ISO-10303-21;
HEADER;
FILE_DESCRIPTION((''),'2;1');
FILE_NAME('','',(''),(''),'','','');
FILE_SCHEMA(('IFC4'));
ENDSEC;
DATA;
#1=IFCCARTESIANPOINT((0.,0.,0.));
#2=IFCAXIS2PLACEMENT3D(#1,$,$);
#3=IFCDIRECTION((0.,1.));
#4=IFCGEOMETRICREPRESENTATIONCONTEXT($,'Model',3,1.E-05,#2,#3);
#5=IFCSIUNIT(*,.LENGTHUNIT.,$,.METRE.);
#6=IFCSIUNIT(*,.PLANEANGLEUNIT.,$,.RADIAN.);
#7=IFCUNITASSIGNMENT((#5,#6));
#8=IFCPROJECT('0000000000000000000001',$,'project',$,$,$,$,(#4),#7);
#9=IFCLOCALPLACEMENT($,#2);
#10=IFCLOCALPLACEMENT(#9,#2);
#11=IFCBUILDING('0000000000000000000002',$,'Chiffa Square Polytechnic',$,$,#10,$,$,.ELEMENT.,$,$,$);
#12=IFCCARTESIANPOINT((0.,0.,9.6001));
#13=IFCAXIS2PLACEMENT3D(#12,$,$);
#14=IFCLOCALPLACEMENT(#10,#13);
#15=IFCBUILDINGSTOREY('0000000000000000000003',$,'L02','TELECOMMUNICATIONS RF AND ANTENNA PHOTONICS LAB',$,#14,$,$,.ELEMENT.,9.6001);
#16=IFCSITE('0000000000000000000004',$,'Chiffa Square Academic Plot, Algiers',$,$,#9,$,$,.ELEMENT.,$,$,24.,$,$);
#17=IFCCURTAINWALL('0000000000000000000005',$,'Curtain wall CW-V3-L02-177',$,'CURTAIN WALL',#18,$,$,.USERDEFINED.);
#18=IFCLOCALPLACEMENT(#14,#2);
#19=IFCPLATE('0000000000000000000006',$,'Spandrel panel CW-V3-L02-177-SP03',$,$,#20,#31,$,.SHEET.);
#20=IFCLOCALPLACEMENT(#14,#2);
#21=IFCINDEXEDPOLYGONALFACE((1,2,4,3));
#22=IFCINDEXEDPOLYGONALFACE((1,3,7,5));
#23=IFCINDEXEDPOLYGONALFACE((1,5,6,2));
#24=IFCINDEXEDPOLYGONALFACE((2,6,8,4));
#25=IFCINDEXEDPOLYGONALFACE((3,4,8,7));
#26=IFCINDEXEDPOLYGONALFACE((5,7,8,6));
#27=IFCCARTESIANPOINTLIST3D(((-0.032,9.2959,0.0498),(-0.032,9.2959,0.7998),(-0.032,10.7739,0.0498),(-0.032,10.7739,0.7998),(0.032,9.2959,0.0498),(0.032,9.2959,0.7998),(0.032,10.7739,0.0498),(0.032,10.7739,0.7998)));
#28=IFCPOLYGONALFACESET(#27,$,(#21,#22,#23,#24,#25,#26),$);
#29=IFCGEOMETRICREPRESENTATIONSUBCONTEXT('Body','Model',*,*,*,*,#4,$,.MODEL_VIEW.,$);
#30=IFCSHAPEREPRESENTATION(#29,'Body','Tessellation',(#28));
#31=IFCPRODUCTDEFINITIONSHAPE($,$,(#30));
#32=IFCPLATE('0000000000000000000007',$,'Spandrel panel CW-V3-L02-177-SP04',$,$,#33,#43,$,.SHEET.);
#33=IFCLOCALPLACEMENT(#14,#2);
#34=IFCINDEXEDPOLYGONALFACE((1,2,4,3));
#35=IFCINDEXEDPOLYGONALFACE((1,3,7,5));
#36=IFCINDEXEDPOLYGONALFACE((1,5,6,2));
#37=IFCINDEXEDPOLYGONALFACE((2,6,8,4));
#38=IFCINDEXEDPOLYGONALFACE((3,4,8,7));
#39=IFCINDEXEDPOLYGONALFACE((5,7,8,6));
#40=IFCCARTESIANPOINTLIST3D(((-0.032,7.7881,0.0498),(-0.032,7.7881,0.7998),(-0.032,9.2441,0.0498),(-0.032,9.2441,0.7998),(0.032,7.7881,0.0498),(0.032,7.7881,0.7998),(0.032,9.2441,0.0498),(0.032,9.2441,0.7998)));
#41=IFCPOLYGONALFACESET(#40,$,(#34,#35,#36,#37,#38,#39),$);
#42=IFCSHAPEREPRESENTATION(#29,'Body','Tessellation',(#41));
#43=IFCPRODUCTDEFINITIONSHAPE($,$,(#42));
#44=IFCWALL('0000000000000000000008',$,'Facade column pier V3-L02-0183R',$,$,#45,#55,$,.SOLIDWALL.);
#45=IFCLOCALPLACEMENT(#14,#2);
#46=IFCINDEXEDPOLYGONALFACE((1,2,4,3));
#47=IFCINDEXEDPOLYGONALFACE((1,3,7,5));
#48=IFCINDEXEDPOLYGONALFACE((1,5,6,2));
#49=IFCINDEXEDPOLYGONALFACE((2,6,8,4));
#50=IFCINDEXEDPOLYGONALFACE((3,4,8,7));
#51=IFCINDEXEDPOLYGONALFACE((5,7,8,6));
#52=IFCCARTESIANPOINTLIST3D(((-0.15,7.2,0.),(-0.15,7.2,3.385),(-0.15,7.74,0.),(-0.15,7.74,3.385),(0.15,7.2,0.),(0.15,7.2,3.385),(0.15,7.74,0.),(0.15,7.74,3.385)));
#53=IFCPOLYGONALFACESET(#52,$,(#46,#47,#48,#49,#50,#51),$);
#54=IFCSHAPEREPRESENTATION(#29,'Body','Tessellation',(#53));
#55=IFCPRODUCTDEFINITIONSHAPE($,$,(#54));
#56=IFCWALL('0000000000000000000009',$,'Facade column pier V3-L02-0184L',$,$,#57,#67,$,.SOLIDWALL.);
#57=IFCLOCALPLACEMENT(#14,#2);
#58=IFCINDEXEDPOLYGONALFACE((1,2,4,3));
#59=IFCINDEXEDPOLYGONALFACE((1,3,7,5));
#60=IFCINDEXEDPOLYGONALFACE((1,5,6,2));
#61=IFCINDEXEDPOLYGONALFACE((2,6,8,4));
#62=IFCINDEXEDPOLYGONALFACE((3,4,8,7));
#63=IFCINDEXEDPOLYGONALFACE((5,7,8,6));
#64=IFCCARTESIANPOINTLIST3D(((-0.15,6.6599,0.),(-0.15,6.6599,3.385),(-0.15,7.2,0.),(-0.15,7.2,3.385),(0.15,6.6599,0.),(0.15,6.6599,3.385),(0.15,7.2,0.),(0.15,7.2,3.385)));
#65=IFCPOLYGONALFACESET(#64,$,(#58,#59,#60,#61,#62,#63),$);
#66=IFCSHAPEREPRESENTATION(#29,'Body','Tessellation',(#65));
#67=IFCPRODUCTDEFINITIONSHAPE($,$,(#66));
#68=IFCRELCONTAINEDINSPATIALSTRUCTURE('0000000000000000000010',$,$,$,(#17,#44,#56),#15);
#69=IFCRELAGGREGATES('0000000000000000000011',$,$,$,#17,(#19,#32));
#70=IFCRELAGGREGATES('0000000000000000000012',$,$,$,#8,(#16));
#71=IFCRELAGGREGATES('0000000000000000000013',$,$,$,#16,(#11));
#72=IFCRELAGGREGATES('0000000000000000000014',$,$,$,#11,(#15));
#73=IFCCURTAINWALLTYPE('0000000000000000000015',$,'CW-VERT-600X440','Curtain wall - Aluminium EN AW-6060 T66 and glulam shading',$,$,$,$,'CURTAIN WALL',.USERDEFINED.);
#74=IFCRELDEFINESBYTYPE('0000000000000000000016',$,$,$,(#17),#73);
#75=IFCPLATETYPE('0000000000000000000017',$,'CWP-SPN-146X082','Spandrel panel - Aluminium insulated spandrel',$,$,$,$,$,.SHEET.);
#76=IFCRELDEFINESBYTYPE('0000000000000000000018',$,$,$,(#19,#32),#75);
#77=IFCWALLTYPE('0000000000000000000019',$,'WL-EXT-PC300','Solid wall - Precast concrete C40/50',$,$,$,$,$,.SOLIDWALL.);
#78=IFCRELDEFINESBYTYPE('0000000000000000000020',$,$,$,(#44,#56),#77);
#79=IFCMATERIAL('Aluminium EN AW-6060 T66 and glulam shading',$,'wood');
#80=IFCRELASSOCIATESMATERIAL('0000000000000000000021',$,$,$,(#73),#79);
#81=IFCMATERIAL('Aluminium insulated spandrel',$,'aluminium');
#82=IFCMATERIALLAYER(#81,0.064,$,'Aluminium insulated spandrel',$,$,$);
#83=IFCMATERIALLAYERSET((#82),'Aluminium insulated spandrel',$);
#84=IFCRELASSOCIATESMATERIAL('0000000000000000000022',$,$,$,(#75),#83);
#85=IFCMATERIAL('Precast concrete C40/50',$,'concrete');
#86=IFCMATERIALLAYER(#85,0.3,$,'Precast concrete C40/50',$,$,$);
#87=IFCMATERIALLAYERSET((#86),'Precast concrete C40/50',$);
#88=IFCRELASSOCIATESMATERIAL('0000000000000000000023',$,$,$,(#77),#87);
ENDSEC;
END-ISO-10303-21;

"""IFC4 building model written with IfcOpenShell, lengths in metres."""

from ifc_helpers import new_model, si_unit, direction, frame, frame_2d, origin, origin_2d, place, context, subcontext, project, spatial, rectangle, extrude, material, layer, layer_set, type_object, element, aggregate, save


model = new_model("IFC4")

# Units and contexts
model_context = context("Model", 3, precision=1e-05, world=origin(), true_north=direction((0.0, 1.0)))
body_context = subcontext(model_context, "Body", "Model", "MODEL_VIEW")
ifc_project = project(units=[si_unit("LENGTHUNIT", "METRE"), si_unit("PLANEANGLEUNIT", "RADIAN")], contexts=[model_context])

# Site, building, storey
site_placement = place(None, origin())
site = spatial("IfcSite", under=ifc_project, at=site_placement, Name="Chiffa Square Academic Plot, Algiers", CompositionType="ELEMENT", RefElevation=24.0)
building_placement = place(site_placement, origin())
building = spatial("IfcBuilding", under=site, at=building_placement, Name="Chiffa Square Polytechnic", CompositionType="ELEMENT")
storey_placement = place(building_placement, frame((0.0, 0.0, 9.6001)))
storey = spatial("IfcBuildingStorey", under=building, at=storey_placement, Name="L02", Description="TELECOMMUNICATIONS RF AND ANTENNA PHOTONICS LAB", CompositionType="ELEMENT", Elevation=9.6001)

# Curtain wall
ifc_material_1 = material(Name="Aluminium EN AW-6060 T66 and glulam shading", Category="wood")
curtain_wall_type_1 = type_object("IfcCurtainWallType", Name="CW-VERT-600X440", Description="Curtain wall - Aluminium EN AW-6060 T66 and glulam shading", ElementType="CURTAIN WALL", PredefinedType="USERDEFINED", material=ifc_material_1)
curtain_wall_1_placement = place(storey_placement, origin())
curtain_wall_1 = element("IfcCurtainWall", 1, at=curtain_wall_1_placement, inside=storey, type_object=curtain_wall_type_1, Name="Curtain wall CW-V3-L02-177", ObjectType="CURTAIN WALL", PredefinedType="USERDEFINED")

# Plates
ifc_material_2 = material(Name="Aluminium insulated spandrel", Category="aluminium")
ifc_layer_1 = layer(ifc_material_2, 0.064, Name="Aluminium insulated spandrel")
ifc_layer_set_1 = layer_set([ifc_layer_1], Name="Aluminium insulated spandrel")
plate_type_1 = type_object("IfcPlateType", Name="CWP-SPN-146X082", Description="Spandrel panel - Aluminium insulated spandrel", PredefinedType="SHEET", material=ifc_layer_set_1)
plate_1_placement = place(storey_placement, frame((0.0, 10.0349, 0.0498), z_axis=(0.0, 0.0, 1.0), x_axis=(0.0, -1.0, 0.0)))
plate_1 = element("IfcPlate", 2, at=plate_1_placement, type_object=plate_type_1, Name="Spandrel panel CW-V3-L02-177-SP03", PredefinedType="SHEET", context=body_context, shape_type="SweptSolid", body=[
    extrude(rectangle(XDim=1.478, YDim=0.064, at=origin_2d()), origin(), (0.0, 0.0, 1.0), 0.75),
])
plate_2_placement = place(storey_placement, frame((0.0, 8.5161, 0.0498), z_axis=(0.0, 0.0, 1.0), x_axis=(0.0, -1.0, 0.0)))
plate_2 = element("IfcPlate", 3, at=plate_2_placement, type_object=plate_type_1, Name="Spandrel panel CW-V3-L02-177-SP04", PredefinedType="SHEET", context=body_context, shape_type="SweptSolid", body=[
    extrude(rectangle(XDim=1.4561, YDim=0.064, at=origin_2d()), origin(), (0.0, 0.0, 1.0), 0.75),
])
aggregate(curtain_wall_1, [plate_1, plate_2])

# Walls
ifc_material_3 = material(Name="Precast concrete C40/50", Category="concrete")
ifc_layer_2 = layer(ifc_material_3, 0.3, Name="Precast concrete C40/50")
ifc_layer_set_2 = layer_set([ifc_layer_2], Name="Precast concrete C40/50")
wall_type = type_object("IfcWallType", Name="WL-EXT-PC300", Description="Solid wall - Precast concrete C40/50", PredefinedType="SOLIDWALL", material=ifc_layer_set_2)
for number, where, z_axis, x_axis, name in (
    (4, (0.0, 7.74, 0.0), (0.0, 0.0, 1.0), (0.0, -1.0, 0.0), "Facade column pier V3-L02-0183R"),
    (5, (0.0, 7.2, 0.0), (0.0, 0.0, 1.0), (0.0, -1.0, 0.0), "Facade column pier V3-L02-0184L"),
):
    element("IfcWall", number, at=place(storey_placement, frame(where, z_axis=z_axis, x_axis=x_axis)), inside=storey, type_object=wall_type, Name=name, PredefinedType="SOLIDWALL", context=body_context, shape_type="SweptSolid", body=[
        extrude(rectangle(XDim=0.54, YDim=0.3, at=frame_2d((0.27, 0.0))), origin(), (0.0, 0.0, 1.0), 3.385),
    ])

save(model, "model.ifc")
